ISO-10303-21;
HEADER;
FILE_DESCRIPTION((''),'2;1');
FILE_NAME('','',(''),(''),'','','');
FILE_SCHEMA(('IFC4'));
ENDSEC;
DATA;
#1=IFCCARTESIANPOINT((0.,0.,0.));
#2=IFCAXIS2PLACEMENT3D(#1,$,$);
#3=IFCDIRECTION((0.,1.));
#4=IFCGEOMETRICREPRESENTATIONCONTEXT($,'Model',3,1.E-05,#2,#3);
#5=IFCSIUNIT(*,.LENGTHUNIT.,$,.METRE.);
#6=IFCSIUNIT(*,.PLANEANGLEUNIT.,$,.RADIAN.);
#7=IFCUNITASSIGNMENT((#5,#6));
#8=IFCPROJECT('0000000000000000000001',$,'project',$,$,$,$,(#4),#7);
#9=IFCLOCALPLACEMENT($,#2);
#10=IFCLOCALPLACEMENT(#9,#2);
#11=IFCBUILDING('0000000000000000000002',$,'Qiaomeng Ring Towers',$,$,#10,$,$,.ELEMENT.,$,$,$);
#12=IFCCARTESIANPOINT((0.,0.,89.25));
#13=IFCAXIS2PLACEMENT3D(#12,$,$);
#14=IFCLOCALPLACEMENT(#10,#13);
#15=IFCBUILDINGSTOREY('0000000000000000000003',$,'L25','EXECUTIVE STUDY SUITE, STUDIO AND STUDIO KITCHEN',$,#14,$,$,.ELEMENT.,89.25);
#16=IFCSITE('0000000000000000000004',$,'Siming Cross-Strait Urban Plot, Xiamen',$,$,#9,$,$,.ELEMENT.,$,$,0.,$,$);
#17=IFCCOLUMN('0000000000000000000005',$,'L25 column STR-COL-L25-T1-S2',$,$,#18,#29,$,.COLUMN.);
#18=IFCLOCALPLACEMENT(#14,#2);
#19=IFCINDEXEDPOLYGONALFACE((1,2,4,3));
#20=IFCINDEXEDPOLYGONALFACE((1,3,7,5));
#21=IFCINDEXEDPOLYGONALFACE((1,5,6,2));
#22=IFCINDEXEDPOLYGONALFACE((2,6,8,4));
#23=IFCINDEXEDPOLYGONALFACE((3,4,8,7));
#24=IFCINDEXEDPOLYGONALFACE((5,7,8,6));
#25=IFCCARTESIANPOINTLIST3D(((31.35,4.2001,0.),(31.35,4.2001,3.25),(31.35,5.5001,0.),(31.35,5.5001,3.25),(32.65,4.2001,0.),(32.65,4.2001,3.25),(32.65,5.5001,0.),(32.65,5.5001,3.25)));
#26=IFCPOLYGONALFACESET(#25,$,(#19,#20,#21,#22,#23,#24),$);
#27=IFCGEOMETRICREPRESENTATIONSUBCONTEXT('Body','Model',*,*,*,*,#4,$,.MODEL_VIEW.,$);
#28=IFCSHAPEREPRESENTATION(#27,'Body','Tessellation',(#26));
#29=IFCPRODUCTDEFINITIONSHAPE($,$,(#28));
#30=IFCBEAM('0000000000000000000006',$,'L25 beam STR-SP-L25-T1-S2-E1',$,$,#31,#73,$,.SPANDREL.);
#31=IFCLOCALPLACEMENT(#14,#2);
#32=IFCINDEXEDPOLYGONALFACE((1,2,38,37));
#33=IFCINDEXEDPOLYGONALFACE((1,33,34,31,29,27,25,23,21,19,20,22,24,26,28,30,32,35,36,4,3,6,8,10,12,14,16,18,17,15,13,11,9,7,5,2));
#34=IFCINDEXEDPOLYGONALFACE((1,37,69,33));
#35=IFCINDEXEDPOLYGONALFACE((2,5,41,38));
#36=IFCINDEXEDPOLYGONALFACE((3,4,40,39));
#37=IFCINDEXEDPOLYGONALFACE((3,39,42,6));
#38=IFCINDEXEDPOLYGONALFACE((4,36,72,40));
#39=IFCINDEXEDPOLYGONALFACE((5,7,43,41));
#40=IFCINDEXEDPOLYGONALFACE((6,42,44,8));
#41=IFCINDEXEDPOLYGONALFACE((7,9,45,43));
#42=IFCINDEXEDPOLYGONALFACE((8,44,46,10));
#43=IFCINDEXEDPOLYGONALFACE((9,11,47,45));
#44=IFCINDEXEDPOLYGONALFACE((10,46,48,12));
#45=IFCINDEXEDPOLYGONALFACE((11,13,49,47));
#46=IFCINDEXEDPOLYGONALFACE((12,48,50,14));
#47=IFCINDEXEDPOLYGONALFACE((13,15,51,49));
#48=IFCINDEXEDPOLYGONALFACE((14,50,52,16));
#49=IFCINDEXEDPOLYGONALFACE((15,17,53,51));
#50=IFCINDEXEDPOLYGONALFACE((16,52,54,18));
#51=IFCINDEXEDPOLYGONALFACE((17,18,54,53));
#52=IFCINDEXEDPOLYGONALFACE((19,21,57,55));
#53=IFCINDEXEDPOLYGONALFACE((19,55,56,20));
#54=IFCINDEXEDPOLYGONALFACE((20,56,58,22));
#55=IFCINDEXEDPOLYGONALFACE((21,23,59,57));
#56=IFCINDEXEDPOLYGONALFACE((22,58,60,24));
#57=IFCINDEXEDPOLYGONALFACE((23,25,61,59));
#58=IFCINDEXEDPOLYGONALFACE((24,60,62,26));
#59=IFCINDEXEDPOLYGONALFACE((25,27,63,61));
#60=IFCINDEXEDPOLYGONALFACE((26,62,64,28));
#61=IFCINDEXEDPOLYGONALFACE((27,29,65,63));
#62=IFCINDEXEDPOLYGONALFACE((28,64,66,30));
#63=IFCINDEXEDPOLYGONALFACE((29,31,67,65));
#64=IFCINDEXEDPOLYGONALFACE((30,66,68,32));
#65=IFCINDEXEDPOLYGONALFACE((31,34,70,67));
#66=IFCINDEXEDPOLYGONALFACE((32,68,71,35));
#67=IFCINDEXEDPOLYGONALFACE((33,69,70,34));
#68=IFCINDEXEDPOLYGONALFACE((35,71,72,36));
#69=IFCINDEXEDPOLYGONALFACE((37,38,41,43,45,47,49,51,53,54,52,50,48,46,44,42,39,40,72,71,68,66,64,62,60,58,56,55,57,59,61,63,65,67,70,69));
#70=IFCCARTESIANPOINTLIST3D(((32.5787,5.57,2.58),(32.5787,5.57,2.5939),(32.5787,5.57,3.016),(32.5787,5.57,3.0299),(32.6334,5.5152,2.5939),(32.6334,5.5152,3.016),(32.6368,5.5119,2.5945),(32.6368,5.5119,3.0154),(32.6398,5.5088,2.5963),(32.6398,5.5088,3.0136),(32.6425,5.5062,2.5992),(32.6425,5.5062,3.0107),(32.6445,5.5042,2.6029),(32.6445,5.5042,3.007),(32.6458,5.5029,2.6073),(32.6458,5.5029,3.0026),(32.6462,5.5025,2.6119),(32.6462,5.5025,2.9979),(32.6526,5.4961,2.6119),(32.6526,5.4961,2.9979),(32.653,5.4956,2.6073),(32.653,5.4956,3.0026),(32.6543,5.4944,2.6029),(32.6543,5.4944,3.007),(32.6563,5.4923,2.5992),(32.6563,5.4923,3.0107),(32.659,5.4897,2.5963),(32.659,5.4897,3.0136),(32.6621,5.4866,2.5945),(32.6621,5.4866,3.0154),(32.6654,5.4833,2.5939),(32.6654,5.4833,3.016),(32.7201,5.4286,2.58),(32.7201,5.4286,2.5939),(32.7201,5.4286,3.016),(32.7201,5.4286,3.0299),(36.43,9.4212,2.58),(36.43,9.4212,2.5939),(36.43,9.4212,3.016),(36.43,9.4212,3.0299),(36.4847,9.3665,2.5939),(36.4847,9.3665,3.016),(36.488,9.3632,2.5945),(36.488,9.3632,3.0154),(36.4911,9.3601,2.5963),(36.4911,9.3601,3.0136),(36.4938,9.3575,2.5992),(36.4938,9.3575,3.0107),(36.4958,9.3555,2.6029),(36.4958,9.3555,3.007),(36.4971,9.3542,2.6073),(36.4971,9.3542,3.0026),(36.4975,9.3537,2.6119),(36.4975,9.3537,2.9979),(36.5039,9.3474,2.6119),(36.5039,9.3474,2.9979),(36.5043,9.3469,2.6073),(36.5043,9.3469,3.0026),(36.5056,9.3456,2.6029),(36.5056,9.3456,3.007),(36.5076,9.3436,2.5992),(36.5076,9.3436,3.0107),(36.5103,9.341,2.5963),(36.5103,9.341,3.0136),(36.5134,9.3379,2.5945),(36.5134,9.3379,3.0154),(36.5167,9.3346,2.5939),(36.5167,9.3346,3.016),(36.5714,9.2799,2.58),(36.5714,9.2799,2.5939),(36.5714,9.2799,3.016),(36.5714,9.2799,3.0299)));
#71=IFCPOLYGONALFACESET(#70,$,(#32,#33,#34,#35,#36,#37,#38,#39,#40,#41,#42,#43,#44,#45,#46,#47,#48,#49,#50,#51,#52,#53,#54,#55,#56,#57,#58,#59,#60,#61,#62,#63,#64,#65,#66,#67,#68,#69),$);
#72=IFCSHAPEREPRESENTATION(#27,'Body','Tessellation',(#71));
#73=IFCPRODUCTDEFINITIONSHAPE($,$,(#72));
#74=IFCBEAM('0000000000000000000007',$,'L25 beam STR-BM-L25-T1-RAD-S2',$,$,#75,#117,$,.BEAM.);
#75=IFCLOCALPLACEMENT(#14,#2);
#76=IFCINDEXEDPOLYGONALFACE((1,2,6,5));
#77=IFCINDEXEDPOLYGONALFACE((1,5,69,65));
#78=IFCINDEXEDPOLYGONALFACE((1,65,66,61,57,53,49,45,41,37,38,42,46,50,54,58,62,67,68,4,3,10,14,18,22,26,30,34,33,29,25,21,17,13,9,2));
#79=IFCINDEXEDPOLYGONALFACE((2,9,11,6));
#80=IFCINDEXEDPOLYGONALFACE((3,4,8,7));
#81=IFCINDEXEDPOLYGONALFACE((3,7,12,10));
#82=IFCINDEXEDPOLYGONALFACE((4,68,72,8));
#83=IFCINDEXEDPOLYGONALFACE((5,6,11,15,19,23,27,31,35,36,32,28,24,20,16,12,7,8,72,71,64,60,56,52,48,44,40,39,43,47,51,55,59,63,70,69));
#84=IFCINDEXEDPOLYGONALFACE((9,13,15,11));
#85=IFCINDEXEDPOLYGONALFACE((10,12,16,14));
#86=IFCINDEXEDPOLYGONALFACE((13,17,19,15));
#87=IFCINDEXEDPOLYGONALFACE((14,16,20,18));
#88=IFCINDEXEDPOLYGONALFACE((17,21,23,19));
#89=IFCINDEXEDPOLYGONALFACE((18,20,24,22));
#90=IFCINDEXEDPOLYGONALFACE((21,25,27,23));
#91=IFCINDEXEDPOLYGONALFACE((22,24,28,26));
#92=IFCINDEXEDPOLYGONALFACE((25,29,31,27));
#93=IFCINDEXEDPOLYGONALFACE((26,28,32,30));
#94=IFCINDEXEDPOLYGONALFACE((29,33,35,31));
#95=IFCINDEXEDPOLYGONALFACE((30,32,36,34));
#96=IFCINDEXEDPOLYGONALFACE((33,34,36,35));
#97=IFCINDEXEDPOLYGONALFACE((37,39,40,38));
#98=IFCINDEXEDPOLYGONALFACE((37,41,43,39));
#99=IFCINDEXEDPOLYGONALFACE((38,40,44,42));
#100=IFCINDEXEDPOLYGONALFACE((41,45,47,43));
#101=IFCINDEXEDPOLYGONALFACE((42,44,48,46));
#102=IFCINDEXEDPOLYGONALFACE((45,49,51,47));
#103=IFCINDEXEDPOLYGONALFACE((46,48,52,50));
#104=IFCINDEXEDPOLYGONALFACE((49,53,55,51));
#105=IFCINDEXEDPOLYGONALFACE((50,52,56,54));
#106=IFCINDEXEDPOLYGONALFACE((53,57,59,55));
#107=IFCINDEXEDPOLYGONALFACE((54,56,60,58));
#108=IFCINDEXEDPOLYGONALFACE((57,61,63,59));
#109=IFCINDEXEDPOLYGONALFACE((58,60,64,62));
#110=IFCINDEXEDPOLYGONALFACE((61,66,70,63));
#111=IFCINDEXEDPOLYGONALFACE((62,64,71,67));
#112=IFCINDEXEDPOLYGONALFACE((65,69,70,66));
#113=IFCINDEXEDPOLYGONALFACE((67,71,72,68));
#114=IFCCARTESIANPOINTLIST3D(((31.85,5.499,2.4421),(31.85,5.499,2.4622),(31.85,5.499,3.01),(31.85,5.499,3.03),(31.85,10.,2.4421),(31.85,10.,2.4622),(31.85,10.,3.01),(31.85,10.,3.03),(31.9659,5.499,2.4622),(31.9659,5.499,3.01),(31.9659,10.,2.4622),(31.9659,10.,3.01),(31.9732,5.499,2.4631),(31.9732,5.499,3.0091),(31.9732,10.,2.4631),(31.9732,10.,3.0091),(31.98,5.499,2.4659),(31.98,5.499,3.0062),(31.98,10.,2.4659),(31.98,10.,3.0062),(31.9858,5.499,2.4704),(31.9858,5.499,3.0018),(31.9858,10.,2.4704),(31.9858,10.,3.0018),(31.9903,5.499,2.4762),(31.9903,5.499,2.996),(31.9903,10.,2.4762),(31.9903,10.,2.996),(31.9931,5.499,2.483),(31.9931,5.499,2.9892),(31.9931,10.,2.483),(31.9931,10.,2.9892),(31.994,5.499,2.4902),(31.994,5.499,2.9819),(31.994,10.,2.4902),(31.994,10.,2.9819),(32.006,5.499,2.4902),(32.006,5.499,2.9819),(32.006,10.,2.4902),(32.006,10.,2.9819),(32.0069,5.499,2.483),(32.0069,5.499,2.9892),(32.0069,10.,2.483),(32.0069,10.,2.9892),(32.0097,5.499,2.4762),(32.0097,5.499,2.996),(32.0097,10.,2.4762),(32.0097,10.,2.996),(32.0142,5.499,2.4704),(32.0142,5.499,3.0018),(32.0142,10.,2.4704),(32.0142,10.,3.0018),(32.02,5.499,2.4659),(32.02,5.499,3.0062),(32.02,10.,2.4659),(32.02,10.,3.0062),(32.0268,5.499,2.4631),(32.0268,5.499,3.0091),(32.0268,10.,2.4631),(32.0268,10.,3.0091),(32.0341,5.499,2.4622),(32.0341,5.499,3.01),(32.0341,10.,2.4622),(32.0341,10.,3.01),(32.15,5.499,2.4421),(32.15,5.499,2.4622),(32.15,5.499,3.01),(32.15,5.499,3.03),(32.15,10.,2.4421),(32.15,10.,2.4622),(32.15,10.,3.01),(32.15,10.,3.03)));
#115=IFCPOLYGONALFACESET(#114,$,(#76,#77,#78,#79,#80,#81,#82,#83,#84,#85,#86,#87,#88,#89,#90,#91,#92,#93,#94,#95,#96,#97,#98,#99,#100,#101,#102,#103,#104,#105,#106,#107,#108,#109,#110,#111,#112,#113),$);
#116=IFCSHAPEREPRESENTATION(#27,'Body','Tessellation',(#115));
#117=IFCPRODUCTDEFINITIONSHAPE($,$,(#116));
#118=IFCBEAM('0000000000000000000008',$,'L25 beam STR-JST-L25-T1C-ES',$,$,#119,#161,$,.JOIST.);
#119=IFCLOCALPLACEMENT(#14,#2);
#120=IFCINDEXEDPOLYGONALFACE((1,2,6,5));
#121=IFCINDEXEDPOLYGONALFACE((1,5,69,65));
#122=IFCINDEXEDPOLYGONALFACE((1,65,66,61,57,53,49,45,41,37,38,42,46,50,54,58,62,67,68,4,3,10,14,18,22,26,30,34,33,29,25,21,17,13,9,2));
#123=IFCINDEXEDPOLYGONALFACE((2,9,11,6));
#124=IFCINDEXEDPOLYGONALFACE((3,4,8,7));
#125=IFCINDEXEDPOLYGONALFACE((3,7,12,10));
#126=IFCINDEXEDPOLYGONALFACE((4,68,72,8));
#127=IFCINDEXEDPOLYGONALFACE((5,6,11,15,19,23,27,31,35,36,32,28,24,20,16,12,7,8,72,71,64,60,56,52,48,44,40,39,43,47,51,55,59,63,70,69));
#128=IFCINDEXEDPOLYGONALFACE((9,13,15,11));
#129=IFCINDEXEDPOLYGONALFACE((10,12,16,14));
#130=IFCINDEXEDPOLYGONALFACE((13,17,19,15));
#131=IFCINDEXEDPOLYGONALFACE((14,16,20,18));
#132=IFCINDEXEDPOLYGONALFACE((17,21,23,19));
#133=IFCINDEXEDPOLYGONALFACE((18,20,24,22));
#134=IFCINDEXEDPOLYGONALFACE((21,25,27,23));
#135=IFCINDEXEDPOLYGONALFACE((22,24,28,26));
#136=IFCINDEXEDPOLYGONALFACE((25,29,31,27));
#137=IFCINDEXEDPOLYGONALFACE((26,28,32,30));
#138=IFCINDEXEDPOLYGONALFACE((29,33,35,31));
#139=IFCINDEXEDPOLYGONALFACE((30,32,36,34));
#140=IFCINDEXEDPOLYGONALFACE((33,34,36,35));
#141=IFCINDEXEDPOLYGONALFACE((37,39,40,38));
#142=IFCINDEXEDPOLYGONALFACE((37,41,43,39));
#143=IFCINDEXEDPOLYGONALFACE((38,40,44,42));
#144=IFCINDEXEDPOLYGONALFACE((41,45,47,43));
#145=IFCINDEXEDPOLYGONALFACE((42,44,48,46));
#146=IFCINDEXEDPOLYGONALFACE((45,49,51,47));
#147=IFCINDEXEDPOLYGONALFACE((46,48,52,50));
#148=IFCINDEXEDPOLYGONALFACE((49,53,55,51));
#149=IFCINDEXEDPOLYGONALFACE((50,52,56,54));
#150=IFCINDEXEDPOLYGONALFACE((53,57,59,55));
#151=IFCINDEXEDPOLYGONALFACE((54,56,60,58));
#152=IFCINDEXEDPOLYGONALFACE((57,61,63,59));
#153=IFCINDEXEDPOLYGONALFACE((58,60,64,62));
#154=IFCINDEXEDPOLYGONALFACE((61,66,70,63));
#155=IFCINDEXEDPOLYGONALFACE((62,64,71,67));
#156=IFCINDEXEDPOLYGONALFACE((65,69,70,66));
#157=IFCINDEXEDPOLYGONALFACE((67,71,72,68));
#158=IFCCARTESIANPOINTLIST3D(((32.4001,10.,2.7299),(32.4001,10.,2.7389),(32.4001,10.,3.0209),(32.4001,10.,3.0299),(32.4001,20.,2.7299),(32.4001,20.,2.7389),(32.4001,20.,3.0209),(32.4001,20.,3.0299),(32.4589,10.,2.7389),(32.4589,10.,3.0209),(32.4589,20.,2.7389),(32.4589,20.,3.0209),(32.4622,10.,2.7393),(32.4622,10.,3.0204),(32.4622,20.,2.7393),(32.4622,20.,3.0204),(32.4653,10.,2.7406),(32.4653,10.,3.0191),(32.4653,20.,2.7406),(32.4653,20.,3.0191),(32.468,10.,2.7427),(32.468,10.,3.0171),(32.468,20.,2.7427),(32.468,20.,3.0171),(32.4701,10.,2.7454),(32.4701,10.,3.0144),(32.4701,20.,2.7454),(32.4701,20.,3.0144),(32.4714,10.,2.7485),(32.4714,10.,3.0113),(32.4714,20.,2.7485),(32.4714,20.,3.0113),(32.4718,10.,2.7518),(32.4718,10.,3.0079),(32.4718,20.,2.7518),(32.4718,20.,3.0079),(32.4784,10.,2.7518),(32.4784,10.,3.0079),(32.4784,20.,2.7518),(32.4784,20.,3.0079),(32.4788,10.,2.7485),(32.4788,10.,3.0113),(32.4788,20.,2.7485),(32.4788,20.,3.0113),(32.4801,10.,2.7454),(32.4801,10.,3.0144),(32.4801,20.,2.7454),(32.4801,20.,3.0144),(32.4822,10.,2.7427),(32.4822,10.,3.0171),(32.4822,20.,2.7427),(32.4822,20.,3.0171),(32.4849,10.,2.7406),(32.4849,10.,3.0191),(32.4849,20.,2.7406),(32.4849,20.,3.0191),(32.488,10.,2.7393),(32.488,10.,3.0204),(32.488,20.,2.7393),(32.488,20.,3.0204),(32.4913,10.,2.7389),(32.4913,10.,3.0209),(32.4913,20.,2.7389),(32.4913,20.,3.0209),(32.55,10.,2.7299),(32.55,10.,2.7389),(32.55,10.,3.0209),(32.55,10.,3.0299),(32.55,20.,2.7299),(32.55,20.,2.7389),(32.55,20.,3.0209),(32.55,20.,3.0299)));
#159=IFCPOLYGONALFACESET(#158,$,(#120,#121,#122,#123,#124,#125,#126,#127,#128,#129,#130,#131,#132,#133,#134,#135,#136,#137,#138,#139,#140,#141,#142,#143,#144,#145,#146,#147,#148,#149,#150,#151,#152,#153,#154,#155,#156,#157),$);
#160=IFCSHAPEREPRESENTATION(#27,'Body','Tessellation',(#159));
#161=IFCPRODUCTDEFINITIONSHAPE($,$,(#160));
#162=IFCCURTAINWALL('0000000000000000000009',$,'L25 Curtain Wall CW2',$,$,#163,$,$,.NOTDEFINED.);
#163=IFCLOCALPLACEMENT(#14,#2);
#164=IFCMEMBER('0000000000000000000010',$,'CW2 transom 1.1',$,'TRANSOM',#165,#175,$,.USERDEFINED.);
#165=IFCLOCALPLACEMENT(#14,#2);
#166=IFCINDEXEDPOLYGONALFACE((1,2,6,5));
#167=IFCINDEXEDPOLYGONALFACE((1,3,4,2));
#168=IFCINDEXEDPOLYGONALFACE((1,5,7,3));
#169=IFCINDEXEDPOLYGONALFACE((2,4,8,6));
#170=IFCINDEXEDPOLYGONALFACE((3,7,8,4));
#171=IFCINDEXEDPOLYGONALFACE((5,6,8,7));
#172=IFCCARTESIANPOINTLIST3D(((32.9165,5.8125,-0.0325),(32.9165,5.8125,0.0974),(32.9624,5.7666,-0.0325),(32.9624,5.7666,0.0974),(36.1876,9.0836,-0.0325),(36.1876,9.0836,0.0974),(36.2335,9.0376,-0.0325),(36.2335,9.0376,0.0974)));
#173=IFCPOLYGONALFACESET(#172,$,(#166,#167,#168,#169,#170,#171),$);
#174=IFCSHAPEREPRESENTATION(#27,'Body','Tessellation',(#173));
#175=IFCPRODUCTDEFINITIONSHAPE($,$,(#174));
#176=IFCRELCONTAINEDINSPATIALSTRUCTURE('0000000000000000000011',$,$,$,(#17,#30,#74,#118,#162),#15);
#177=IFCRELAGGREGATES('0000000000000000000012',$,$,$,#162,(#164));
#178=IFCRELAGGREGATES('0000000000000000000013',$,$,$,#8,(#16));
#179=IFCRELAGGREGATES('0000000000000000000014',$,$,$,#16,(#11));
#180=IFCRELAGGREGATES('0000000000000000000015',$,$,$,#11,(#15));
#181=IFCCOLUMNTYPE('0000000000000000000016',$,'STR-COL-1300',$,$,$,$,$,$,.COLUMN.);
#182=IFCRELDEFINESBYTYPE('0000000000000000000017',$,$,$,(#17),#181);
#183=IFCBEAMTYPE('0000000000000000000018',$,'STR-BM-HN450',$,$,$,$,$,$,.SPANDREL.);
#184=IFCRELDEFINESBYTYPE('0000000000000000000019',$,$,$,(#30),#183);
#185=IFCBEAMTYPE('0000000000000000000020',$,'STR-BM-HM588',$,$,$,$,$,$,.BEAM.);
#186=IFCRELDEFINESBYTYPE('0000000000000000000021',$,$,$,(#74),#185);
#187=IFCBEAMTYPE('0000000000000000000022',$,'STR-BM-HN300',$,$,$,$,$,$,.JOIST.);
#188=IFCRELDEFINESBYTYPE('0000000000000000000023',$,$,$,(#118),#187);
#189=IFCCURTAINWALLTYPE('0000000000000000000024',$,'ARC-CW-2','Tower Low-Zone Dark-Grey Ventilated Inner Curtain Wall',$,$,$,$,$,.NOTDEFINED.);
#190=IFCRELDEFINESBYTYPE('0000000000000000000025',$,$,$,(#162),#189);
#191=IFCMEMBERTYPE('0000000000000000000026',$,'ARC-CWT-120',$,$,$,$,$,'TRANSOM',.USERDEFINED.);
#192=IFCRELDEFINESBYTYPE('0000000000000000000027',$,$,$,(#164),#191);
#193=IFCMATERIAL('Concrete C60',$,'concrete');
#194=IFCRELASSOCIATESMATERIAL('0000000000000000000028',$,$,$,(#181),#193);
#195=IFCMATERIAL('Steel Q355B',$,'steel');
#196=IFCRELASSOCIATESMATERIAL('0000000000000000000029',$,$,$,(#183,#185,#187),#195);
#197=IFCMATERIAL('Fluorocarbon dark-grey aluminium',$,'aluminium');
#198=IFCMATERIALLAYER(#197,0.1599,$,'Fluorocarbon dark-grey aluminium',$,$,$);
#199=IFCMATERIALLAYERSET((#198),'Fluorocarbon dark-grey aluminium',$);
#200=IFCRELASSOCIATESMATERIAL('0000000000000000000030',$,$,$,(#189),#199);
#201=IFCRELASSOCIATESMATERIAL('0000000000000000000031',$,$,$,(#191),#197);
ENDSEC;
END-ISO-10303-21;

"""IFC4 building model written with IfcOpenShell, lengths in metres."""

from ifc_helpers import new_model, si_unit, direction, frame, origin, origin_2d, place, context, subcontext, project, spatial, rectangle, i_section, extrude, source, transform, mapped, material, layer, layer_set, material_profile, profile_set, type_object, element, aggregate, save


model = new_model("IFC4")

# Units and contexts
model_context = context("Model", 3, precision=1e-05, world=origin(), true_north=direction((0.0, 1.0)))
body_context = subcontext(model_context, "Body", "Model", "MODEL_VIEW")
ifc_project = project(units=[si_unit("LENGTHUNIT", "METRE"), si_unit("PLANEANGLEUNIT", "RADIAN")], contexts=[model_context])

# Site, building, storey
site_placement = place(None, origin())
site = spatial("IfcSite", under=ifc_project, at=site_placement, Name="Siming Cross-Strait Urban Plot, Xiamen", CompositionType="ELEMENT", RefElevation=0.0)
building_placement = place(site_placement, origin())
building = spatial("IfcBuilding", under=site, at=building_placement, Name="Qiaomeng Ring Towers", CompositionType="ELEMENT")
storey_placement = place(building_placement, frame((0.0, 0.0, 89.25)))
storey = spatial("IfcBuildingStorey", under=building, at=storey_placement, Name="L25", Description="EXECUTIVE STUDY SUITE, STUDIO AND STUDIO KITCHEN", CompositionType="ELEMENT", Elevation=89.25)

# Column
ifc_material_1 = material(Name="Concrete C60", Category="concrete")
ifc_material_profile_1 = material_profile(ifc_material_1, rectangle(XDim=1.3, YDim=1.3, at=origin_2d()), Name="RC COL 1300x1300")
ifc_profile_set_1 = profile_set([ifc_material_profile_1], Name="Concrete C60")
column_type = type_object("IfcColumnType", Name="STR-COL-1300", PredefinedType="COLUMN", material=ifc_profile_set_1)
shared_shape_1 = source(origin(), body_context, "Body", "SweptSolid", [
    extrude(rectangle(XDim=1.3, YDim=1.3, at=origin_2d()), origin(), (0.0, 0.0, 1.0), 3.25),
])
column_placement = place(storey_placement, frame((32.0, 4.8501, 0.0), z_axis=(0.0, 0.0, 1.0), x_axis=(1.0, 0.0, 0.0)))
element("IfcColumn", 1, at=column_placement, inside=storey, type_object=column_type, Name="L25 column STR-COL-L25-T1-S2", PredefinedType="COLUMN", context=body_context, shape_type="MappedRepresentation", body=[
    mapped(shared_shape_1, transform((0.0, 0.0, 0.0), x_axis=(1.0, 0.0, 0.0), y_axis=(0.0, 1.0, 0.0), z_axis=(0.0, 0.0, 1.0), scale=1.0)),
])

# Beams
ifc_material_2 = material(Name="Steel Q355B", Category="steel")
ifc_material_profile_2 = material_profile(ifc_material_2, i_section(OverallWidth=0.2, OverallDepth=0.45, WebThickness=0.009, FlangeThickness=0.0139, FilletRadius=0.0181, at=origin_2d()), Name="HN 450x200x9x14")
ifc_profile_set_2 = profile_set([ifc_material_profile_2], Name="Steel Q355B")
beam_type_1 = type_object("IfcBeamType", Name="STR-BM-HN450", PredefinedType="SPANDREL", material=ifc_profile_set_2)
shared_shape_2 = source(origin(), body_context, "Body", "SweptSolid", [
    extrude(i_section(OverallWidth=0.2, OverallDepth=0.45, WebThickness=0.009, FlangeThickness=0.0139, FilletRadius=0.0181, at=origin_2d()), origin(), (0.0, 0.0, 1.0), 5.4465),
])
beam_1_placement = place(storey_placement, frame((32.6494, 5.4993, 2.8049), z_axis=(0.707107, 0.707107, 0.0), x_axis=(-0.707107, 0.707107, 0.0)))
element("IfcBeam", 2, at=beam_1_placement, inside=storey, type_object=beam_type_1, Name="L25 beam STR-SP-L25-T1-S2-E1", PredefinedType="SPANDREL", context=body_context, shape_type="MappedRepresentation", body=[
    mapped(shared_shape_2, transform((0.0, 0.0, 0.0), x_axis=(1.0, 0.0, 0.0), y_axis=(0.0, 1.0, 0.0), z_axis=(0.0, 0.0, 1.0), scale=1.0)),
])
ifc_material_profile_3 = material_profile(ifc_material_2, i_section(OverallWidth=0.3, OverallDepth=0.5879, WebThickness=0.012, FlangeThickness=0.02, FilletRadius=0.0281, at=origin_2d()), Name="HM 588x300x12x20")
ifc_profile_set_3 = profile_set([ifc_material_profile_3], Name="Steel Q355B")
beam_type_2 = type_object("IfcBeamType", Name="STR-BM-HM588", PredefinedType="BEAM", material=ifc_profile_set_3)
shared_shape_3 = source(origin(), body_context, "Body", "SweptSolid", [
    extrude(i_section(OverallWidth=0.3, OverallDepth=0.5879, WebThickness=0.012, FlangeThickness=0.02, FilletRadius=0.0281, at=origin_2d()), origin(), (0.0, 0.0, 1.0), 4.501),
])
beam_2_placement = place(storey_placement, frame((32.0, 5.499, 2.7361), z_axis=(0.0, 1.0, 0.0), x_axis=(-1.0, 0.0, 0.0)))
element("IfcBeam", 3, at=beam_2_placement, inside=storey, type_object=beam_type_2, Name="L25 beam STR-BM-L25-T1-RAD-S2", PredefinedType="BEAM", context=body_context, shape_type="MappedRepresentation", body=[
    mapped(shared_shape_3, transform((0.0, 0.0, 0.0), x_axis=(1.0, 0.0, 0.0), y_axis=(0.0, 1.0, 0.0), z_axis=(0.0, 0.0, 1.0), scale=1.0)),
])
ifc_material_profile_4 = material_profile(ifc_material_2, i_section(OverallWidth=0.1499, OverallDepth=0.3, WebThickness=0.0066, FlangeThickness=0.009, FilletRadius=0.0129, at=origin_2d()), Name="HN 300x150x6.5x9")
ifc_profile_set_4 = profile_set([ifc_material_profile_4], Name="Steel Q355B")
beam_type_3 = type_object("IfcBeamType", Name="STR-BM-HN300", PredefinedType="JOIST", material=ifc_profile_set_4)
shared_shape_4 = source(origin(), body_context, "Body", "SweptSolid", [
    extrude(i_section(OverallWidth=0.1499, OverallDepth=0.3, WebThickness=0.0066, FlangeThickness=0.009, FilletRadius=0.0129, at=origin_2d()), origin(), (0.0, 0.0, 1.0), 10.0),
])
beam_3_placement = place(storey_placement, frame((32.4751, 10.0, 2.8799), z_axis=(0.0, 1.0, 0.0), x_axis=(-1.0, 0.0, 0.0)))
element("IfcBeam", 4, at=beam_3_placement, inside=storey, type_object=beam_type_3, Name="L25 beam STR-JST-L25-T1C-ES", PredefinedType="JOIST", context=body_context, shape_type="MappedRepresentation", body=[
    mapped(shared_shape_4, transform((0.0, 0.0, 0.0), x_axis=(1.0, 0.0, 0.0), y_axis=(0.0, 1.0, 0.0), z_axis=(0.0, 0.0, 1.0), scale=1.0)),
])

# Curtain wall, member
ifc_material_3 = material(Name="Fluorocarbon dark-grey aluminium", Category="aluminium")
ifc_layer_1 = layer(ifc_material_3, 0.1599, Name="Fluorocarbon dark-grey aluminium")
ifc_layer_set_1 = layer_set([ifc_layer_1], Name="Fluorocarbon dark-grey aluminium")
curtain_wall_type = type_object("IfcCurtainWallType", Name="ARC-CW-2", Description="Tower Low-Zone Dark-Grey Ventilated Inner Curtain Wall", PredefinedType="NOTDEFINED", material=ifc_layer_set_1)
curtain_wall_placement = place(storey_placement, origin())
curtain_wall = element("IfcCurtainWall", 5, at=curtain_wall_placement, inside=storey, type_object=curtain_wall_type, Name="L25 Curtain Wall CW2", PredefinedType="NOTDEFINED")
ifc_material_profile_5 = material_profile(ifc_material_3, rectangle(XDim=0.0649, YDim=0.1299, at=origin_2d()), Name="ALU TRAN 65x130")
ifc_profile_set_5 = profile_set([ifc_material_profile_5], Name="Fluorocarbon dark-grey aluminium")
member_type_1 = type_object("IfcMemberType", Name="ARC-CWT-120", ElementType="TRANSOM", PredefinedType="USERDEFINED", material=ifc_profile_set_5)
shared_shape_5 = source(origin(), body_context, "Body", "SweptSolid", [
    extrude(rectangle(XDim=0.0649, YDim=0.1299, at=origin_2d()), origin(), (0.0, 0.0, 1.0), 4.626),
])
member_1_placement = place(storey_placement, frame((32.9395, 5.7896, 0.0325), z_axis=(0.707107, 0.707107, 0.0), x_axis=(-0.707107, 0.707107, 0.0)))
member_1 = element("IfcMember", 6, at=member_1_placement, type_object=member_type_1, Name="CW2 transom 1.1", ObjectType="TRANSOM", PredefinedType="USERDEFINED", context=body_context, shape_type="MappedRepresentation", body=[
    mapped(shared_shape_5, transform((0.0, 0.0, 0.0), x_axis=(1.0, 0.0, 0.0), y_axis=(0.0, 1.0, 0.0), z_axis=(0.0, 0.0, 1.0), scale=1.0)),
])
aggregate(curtain_wall, [member_1])

save(model, "model.ifc")
